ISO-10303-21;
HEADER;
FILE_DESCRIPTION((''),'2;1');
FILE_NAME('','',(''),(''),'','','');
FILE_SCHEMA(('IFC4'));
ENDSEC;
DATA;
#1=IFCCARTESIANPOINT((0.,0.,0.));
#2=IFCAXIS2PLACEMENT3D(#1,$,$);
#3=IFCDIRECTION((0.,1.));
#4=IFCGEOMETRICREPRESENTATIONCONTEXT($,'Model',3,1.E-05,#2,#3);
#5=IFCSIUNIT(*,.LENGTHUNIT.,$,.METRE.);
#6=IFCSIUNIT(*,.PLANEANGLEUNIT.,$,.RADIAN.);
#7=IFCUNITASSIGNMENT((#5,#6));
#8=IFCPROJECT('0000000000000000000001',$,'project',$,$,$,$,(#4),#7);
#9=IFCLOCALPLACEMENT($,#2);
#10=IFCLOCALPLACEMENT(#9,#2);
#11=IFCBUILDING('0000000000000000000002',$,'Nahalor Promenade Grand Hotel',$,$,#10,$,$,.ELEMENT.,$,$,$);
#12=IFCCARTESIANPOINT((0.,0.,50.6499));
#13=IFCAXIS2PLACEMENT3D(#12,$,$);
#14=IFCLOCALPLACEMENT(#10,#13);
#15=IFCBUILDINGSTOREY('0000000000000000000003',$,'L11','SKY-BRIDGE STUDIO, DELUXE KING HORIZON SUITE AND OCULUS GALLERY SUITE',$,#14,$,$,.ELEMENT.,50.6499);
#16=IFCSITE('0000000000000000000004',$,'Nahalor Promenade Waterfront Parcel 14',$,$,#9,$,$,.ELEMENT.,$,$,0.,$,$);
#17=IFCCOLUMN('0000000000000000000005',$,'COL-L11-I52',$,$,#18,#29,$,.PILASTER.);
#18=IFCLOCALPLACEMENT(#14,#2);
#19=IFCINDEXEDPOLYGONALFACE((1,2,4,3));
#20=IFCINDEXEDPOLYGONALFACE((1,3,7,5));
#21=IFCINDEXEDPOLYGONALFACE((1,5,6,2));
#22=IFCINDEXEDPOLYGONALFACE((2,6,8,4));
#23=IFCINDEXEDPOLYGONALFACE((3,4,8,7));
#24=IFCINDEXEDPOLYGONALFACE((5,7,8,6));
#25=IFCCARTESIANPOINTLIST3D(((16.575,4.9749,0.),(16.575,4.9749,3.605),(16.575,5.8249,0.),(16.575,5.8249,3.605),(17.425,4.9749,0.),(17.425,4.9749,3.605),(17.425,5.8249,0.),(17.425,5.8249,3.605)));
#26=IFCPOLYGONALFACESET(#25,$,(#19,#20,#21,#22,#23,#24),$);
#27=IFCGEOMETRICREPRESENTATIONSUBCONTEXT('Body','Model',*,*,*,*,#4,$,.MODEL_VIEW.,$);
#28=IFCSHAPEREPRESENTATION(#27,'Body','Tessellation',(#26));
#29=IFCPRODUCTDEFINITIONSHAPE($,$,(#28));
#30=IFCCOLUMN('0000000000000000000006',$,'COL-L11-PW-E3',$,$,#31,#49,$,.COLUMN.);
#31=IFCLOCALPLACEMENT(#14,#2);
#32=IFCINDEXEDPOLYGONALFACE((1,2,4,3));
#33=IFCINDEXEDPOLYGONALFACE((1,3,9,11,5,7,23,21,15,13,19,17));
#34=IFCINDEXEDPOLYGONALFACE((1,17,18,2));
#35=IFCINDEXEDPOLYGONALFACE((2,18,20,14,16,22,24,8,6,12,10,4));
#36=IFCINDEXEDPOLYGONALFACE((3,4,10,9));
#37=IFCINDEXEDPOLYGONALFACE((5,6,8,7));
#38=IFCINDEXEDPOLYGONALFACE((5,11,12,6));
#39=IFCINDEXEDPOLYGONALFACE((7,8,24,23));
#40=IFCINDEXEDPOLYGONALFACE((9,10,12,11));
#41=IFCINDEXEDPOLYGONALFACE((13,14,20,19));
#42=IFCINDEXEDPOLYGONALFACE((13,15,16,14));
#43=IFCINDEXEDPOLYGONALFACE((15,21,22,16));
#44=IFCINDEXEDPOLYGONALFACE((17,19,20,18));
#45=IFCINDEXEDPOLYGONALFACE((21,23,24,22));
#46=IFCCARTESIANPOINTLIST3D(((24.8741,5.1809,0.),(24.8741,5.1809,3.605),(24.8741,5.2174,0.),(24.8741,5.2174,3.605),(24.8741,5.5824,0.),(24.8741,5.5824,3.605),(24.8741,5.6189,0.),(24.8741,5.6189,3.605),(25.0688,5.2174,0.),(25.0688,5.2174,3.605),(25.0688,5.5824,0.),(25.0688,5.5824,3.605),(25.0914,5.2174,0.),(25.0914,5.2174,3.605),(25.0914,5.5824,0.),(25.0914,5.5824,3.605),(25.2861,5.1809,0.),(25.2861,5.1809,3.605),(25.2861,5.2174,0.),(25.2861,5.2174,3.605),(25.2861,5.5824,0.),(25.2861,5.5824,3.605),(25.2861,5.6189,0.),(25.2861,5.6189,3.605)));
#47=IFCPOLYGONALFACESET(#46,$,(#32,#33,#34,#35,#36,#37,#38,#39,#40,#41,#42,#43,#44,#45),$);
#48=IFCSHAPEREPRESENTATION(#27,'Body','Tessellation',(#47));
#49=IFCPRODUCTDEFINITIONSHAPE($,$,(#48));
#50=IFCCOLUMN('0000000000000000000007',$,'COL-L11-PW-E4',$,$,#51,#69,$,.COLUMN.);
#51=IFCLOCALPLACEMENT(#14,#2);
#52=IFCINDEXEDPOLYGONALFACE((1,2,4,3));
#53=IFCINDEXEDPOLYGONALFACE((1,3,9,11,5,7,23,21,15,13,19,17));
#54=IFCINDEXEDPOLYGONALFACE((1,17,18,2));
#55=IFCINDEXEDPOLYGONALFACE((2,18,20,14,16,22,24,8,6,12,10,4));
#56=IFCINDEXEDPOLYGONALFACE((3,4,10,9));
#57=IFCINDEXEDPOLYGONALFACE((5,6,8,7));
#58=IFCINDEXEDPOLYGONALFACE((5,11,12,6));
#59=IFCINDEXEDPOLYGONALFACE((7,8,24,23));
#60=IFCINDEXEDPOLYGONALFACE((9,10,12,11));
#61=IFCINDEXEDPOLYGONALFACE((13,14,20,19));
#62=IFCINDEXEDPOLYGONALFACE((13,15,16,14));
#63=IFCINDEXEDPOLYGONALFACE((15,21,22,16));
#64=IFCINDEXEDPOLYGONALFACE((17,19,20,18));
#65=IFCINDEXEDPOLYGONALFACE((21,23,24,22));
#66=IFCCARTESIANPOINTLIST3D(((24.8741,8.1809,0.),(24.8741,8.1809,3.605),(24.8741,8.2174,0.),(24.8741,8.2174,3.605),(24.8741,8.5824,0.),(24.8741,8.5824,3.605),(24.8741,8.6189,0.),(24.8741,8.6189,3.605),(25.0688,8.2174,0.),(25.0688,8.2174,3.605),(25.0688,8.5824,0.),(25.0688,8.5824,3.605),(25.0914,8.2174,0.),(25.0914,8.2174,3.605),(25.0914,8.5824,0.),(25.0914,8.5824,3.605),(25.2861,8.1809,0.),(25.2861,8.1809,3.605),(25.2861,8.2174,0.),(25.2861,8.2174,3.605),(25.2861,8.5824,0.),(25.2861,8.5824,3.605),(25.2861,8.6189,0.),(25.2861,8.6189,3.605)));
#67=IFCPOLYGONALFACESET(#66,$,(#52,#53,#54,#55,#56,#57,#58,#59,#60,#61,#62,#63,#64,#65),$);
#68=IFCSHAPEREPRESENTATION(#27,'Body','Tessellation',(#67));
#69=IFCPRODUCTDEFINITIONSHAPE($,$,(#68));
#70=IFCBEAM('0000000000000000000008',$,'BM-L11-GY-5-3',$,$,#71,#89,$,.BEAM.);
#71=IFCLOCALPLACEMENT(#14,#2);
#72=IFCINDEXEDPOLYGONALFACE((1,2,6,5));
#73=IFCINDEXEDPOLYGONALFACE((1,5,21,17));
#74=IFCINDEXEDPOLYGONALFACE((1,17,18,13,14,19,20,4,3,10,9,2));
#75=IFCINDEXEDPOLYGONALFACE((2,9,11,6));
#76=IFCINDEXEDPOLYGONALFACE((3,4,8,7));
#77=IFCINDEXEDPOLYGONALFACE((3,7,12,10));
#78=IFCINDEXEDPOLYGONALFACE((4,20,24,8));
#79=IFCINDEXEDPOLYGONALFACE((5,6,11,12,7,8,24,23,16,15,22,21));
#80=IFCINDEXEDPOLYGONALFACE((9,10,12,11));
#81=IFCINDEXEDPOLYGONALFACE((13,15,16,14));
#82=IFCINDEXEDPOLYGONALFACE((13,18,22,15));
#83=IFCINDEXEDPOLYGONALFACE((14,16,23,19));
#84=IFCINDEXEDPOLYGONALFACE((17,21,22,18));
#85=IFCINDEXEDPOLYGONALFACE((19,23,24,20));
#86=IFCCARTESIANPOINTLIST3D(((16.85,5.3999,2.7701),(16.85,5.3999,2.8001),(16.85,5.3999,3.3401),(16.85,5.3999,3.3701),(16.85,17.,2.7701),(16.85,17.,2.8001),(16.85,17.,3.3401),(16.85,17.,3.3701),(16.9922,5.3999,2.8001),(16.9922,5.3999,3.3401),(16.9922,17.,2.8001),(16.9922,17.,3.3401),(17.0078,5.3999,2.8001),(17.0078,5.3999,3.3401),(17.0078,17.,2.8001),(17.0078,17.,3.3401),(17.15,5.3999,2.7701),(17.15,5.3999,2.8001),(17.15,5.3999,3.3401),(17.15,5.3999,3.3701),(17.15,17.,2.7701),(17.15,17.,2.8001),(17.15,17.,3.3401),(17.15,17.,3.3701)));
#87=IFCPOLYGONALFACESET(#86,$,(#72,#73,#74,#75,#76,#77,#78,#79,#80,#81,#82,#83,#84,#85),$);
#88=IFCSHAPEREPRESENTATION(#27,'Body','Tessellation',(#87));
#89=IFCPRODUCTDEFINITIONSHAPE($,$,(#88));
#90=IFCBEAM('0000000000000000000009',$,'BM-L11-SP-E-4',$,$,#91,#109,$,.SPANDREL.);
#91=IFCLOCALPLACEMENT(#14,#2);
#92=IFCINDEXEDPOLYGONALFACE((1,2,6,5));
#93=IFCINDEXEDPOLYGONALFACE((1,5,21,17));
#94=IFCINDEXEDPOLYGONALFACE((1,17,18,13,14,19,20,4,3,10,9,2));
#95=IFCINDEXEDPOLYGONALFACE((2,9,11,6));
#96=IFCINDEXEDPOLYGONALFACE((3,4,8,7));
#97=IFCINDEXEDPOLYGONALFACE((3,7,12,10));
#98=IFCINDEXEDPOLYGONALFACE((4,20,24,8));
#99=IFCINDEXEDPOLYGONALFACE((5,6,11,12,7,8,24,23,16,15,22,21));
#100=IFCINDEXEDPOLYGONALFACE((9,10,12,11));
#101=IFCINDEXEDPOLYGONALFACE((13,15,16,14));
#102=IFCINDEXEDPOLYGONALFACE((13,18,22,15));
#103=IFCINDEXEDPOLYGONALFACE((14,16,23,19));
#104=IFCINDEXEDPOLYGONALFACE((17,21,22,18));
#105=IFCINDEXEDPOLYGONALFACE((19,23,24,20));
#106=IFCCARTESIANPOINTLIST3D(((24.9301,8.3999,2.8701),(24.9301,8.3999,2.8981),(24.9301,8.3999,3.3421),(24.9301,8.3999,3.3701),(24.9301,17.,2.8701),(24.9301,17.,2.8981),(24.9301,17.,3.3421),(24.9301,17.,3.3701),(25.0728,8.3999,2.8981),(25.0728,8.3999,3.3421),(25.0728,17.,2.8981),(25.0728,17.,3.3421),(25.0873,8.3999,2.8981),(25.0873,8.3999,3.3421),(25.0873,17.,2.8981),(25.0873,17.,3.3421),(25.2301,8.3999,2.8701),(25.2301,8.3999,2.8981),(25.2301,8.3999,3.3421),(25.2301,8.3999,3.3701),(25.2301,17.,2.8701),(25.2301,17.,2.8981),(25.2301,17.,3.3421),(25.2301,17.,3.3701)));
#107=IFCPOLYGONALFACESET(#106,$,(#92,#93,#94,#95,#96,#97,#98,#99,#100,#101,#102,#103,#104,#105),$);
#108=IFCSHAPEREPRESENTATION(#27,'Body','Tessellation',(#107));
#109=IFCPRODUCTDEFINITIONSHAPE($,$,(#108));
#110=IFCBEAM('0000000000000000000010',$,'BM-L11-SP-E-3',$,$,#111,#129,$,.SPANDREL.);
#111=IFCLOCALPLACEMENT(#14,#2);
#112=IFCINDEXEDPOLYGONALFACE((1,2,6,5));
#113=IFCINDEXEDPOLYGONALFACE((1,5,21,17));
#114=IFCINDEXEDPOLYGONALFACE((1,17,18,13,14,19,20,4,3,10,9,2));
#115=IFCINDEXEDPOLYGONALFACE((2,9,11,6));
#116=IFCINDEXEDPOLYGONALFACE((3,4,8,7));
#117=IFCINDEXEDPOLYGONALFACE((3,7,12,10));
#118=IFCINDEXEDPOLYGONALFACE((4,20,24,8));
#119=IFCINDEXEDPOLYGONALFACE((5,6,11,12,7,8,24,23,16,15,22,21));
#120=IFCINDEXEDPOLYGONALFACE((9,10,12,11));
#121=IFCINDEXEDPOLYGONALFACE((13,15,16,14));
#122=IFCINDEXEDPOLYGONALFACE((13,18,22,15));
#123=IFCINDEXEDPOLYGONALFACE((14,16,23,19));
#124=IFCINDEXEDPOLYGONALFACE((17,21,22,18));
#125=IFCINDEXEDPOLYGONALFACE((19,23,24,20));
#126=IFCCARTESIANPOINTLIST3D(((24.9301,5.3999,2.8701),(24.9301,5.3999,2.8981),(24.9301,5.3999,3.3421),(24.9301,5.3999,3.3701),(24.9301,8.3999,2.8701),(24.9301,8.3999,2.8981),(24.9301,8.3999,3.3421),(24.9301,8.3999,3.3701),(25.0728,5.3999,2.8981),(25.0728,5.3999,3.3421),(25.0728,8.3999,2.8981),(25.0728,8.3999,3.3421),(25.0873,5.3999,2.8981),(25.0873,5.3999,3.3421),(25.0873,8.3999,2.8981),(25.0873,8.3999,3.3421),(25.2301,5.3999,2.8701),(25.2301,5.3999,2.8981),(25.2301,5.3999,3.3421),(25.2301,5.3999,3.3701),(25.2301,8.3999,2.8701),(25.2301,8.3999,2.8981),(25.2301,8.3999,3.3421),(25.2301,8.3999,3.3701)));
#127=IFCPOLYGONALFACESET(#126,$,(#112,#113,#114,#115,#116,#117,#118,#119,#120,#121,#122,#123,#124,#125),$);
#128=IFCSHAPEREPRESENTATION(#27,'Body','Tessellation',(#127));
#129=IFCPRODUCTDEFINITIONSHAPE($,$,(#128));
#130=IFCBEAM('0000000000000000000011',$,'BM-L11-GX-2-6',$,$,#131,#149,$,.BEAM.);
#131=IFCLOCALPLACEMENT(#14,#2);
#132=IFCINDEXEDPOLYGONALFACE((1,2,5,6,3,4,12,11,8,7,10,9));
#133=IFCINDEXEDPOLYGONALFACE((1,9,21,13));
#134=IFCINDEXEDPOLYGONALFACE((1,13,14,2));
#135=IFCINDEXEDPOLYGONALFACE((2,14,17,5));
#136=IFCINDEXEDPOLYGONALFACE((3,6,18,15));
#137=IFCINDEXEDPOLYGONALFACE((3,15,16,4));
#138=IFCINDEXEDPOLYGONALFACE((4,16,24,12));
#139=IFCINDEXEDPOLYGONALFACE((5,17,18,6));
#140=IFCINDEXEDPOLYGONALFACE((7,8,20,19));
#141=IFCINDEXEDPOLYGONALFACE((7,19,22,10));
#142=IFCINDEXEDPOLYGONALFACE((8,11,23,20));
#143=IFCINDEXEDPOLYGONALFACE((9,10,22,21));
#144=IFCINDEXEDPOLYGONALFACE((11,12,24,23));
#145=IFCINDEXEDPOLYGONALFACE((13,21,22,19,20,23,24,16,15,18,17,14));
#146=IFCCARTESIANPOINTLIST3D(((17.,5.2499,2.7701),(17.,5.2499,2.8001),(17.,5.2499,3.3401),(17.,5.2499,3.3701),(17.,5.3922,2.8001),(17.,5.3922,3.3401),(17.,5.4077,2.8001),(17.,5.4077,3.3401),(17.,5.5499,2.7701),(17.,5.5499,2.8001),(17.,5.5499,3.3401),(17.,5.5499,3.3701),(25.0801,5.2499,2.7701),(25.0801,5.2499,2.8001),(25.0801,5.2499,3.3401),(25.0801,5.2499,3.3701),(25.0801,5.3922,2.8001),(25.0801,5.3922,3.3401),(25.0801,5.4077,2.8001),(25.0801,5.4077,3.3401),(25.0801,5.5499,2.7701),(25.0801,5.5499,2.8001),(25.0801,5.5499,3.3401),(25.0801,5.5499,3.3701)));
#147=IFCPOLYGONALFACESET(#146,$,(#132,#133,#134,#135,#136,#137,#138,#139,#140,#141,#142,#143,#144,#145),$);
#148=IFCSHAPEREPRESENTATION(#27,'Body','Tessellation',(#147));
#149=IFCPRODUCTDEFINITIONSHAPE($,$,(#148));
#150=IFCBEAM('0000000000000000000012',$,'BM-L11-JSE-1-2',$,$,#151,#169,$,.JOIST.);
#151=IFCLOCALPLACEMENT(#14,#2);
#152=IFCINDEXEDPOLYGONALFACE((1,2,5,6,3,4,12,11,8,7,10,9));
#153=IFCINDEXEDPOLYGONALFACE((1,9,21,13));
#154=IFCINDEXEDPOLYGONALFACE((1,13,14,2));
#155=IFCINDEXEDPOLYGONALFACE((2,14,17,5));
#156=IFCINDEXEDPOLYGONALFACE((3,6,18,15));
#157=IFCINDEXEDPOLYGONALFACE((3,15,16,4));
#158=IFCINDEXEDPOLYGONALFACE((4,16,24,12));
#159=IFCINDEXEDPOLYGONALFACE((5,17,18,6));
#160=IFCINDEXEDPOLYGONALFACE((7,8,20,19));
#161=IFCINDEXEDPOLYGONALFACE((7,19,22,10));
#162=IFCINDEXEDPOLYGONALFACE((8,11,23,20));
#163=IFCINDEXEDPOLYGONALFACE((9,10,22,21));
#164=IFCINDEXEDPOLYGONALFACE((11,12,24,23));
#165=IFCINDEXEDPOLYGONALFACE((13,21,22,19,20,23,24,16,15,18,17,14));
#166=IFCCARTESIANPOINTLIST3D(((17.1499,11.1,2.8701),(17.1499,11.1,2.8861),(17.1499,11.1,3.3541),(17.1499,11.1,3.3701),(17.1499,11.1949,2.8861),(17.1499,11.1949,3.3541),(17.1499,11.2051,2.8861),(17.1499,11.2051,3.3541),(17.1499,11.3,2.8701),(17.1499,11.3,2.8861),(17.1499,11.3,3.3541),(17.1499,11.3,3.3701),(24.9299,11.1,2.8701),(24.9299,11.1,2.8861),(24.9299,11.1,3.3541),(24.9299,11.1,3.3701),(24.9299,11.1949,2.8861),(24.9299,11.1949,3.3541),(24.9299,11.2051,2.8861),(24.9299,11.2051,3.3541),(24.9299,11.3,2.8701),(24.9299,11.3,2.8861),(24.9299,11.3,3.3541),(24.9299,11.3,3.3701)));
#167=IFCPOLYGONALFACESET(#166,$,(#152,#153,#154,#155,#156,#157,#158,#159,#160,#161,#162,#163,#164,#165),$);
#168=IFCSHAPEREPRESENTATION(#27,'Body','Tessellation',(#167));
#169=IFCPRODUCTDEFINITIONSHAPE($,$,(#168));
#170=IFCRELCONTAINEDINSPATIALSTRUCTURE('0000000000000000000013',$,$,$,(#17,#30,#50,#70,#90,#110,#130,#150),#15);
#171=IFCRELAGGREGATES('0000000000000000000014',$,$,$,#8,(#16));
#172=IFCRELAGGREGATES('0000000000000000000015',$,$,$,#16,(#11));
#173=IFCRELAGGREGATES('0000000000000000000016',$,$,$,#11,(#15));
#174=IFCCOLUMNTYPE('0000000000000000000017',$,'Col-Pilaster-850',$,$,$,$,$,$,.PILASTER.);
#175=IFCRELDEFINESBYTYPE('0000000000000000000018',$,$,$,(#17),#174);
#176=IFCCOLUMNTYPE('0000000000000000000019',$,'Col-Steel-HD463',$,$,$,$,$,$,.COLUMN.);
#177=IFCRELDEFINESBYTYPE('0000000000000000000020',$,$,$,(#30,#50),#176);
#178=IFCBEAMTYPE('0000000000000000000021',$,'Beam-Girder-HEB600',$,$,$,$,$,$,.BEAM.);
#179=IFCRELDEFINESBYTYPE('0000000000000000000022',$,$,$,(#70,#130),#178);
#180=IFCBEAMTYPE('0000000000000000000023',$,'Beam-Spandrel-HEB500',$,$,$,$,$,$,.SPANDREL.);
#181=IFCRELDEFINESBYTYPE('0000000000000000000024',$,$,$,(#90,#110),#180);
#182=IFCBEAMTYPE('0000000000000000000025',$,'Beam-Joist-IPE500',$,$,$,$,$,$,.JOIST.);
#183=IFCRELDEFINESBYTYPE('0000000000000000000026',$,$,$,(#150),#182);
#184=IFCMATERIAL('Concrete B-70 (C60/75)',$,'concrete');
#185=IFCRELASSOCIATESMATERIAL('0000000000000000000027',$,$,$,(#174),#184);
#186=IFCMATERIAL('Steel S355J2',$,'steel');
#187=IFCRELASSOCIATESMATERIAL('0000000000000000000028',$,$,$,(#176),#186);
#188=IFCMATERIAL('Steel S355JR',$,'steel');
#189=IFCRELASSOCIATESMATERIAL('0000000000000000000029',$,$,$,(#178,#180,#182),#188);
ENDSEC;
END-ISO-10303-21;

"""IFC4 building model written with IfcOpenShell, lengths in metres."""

from ifc_helpers import new_model, si_unit, direction, frame, origin, origin_2d, place, context, subcontext, project, spatial, rectangle, i_section, extrude, source, transform, mapped, material, material_profile, profile_set, type_object, element, save


model = new_model("IFC4")

# Units and contexts
model_context = context("Model", 3, precision=1e-05, world=origin(), true_north=direction((0.0, 1.0)))
body_context = subcontext(model_context, "Body", "Model", "MODEL_VIEW")
ifc_project = project(units=[si_unit("LENGTHUNIT", "METRE"), si_unit("PLANEANGLEUNIT", "RADIAN")], contexts=[model_context])

# Site, building, storey
site_placement = place(None, origin())
site = spatial("IfcSite", under=ifc_project, at=site_placement, Name="Nahalor Promenade Waterfront Parcel 14", CompositionType="ELEMENT", RefElevation=0.0)
building_placement = place(site_placement, origin())
building = spatial("IfcBuilding", under=site, at=building_placement, Name="Nahalor Promenade Grand Hotel", CompositionType="ELEMENT")
storey_placement = place(building_placement, frame((0.0, 0.0, 50.6499)))
storey = spatial("IfcBuildingStorey", under=building, at=storey_placement, Name="L11", Description="SKY-BRIDGE STUDIO, DELUXE KING HORIZON SUITE AND OCULUS GALLERY SUITE", CompositionType="ELEMENT", Elevation=50.6499)

# Columns
ifc_material_1 = material(Name="Concrete B-70 (C60/75)", Category="concrete")
ifc_material_profile_1 = material_profile(ifc_material_1, rectangle(XDim=0.85, YDim=0.85, at=origin_2d()), Name="RC 850x850")
ifc_profile_set_1 = profile_set([ifc_material_profile_1], Name="Concrete B-70 (C60/75)")
column_type_1 = type_object("IfcColumnType", Name="Col-Pilaster-850", PredefinedType="PILASTER", material=ifc_profile_set_1)
shared_shape_1 = source(origin(), body_context, "Body", "SweptSolid", [
    extrude(rectangle(XDim=0.85, YDim=0.85, at=origin_2d()), origin(), (0.0, 0.0, 1.0), 3.605),
])
column_placement = place(storey_placement, frame((17.0, 5.3999, 0.0), z_axis=(0.0, 0.0, 1.0), x_axis=(1.0, 0.0, 0.0)))
element("IfcColumn", 1, at=column_placement, inside=storey, type_object=column_type_1, Name="COL-L11-I52", PredefinedType="PILASTER", context=body_context, shape_type="MappedRepresentation", body=[
    mapped(shared_shape_1, transform((0.0, 0.0, 0.0), scale=1.0)),
])
ifc_material_2 = material(Name="Steel S355J2", Category="steel")
ifc_material_profile_2 = material_profile(ifc_material_2, i_section(OverallWidth=0.412, OverallDepth=0.438, WebThickness=0.0226, FlangeThickness=0.0365, at=origin_2d()), Name="HD 400x463")
ifc_profile_set_2 = profile_set([ifc_material_profile_2], Name="Steel S355J2")
column_type_2 = type_object("IfcColumnType", Name="Col-Steel-HD463", PredefinedType="COLUMN", material=ifc_profile_set_2)
shared_shape_2 = source(origin(), body_context, "Body", "SweptSolid", [
    extrude(i_section(OverallWidth=0.412, OverallDepth=0.438, WebThickness=0.0226, FlangeThickness=0.0365, at=origin_2d()), origin(), (0.0, 0.0, 1.0), 3.605),
])
for number, where, z_axis, x_axis, name in (
    (2, (25.0801, 5.3999, 0.0), (0.0, 0.0, 1.0), (1.0, 0.0, 0.0), "COL-L11-PW-E3"),
    (3, (25.0801, 8.3999, 0.0), (0.0, 0.0, 1.0), (1.0, 0.0, 0.0), "COL-L11-PW-E4"),
):
    element("IfcColumn", number, at=place(storey_placement, frame(where, z_axis=z_axis, x_axis=x_axis)), inside=storey, type_object=column_type_2, Name=name, PredefinedType="COLUMN", context=body_context, shape_type="MappedRepresentation", body=[
        mapped(shared_shape_2, transform((0.0, 0.0, 0.0), scale=1.0)),
    ])

# Beams
ifc_material_3 = material(Name="Steel S355JR", Category="steel")
ifc_material_profile_3 = material_profile(ifc_material_3, i_section(OverallWidth=0.3, OverallDepth=0.6, WebThickness=0.0155, FlangeThickness=0.03, at=origin_2d()), Name="HEB 600")
ifc_profile_set_3 = profile_set([ifc_material_profile_3], Name="Steel S355JR")
beam_type_1 = type_object("IfcBeamType", Name="Beam-Girder-HEB600", PredefinedType="BEAM", material=ifc_profile_set_3)
shared_shape_3 = source(origin(), body_context, "Body", "SweptSolid", [
    extrude(i_section(OverallWidth=0.3, OverallDepth=0.6, WebThickness=0.0155, FlangeThickness=0.03, at=origin_2d()), origin(), (0.0, 0.0, 1.0), 11.6001),
])
beam_1_placement = place(storey_placement, frame((17.0, 5.3999, 3.0701), z_axis=(0.0, 1.0, 0.0), x_axis=(-1.0, 0.0, 0.0)))
element("IfcBeam", 4, at=beam_1_placement, inside=storey, type_object=beam_type_1, Name="BM-L11-GY-5-3", PredefinedType="BEAM", context=body_context, shape_type="MappedRepresentation", body=[
    mapped(shared_shape_3, transform((0.0, 0.0, 0.0), scale=1.0)),
])
ifc_material_profile_4 = material_profile(ifc_material_3, i_section(OverallWidth=0.3, OverallDepth=0.5, WebThickness=0.0145, FlangeThickness=0.028, at=origin_2d()), Name="HEB 500")
ifc_profile_set_4 = profile_set([ifc_material_profile_4], Name="Steel S355JR")
beam_type_2 = type_object("IfcBeamType", Name="Beam-Spandrel-HEB500", PredefinedType="SPANDREL", material=ifc_profile_set_4)
shared_shape_4 = source(origin(), body_context, "Body", "SweptSolid", [
    extrude(i_section(OverallWidth=0.3, OverallDepth=0.5, WebThickness=0.0145, FlangeThickness=0.028, at=origin_2d()), origin(), (0.0, 0.0, 1.0), 8.6001),
])
beam_2_placement = place(storey_placement, frame((25.0801, 8.3999, 3.1201), z_axis=(0.0, 1.0, 0.0), x_axis=(-1.0, 0.0, 0.0)))
element("IfcBeam", 5, at=beam_2_placement, inside=storey, type_object=beam_type_2, Name="BM-L11-SP-E-4", PredefinedType="SPANDREL", context=body_context, shape_type="MappedRepresentation", body=[
    mapped(shared_shape_4, transform((0.0, 0.0, 0.0), scale=1.0)),
])
shared_shape_5 = source(origin(), body_context, "Body", "SweptSolid", [
    extrude(i_section(OverallWidth=0.3, OverallDepth=0.5, WebThickness=0.0145, FlangeThickness=0.028, at=origin_2d()), origin(), (0.0, 0.0, 1.0), 3.0),
])
beam_3_placement = place(storey_placement, frame((25.0801, 5.3999, 3.1201), z_axis=(0.0, 1.0, 0.0), x_axis=(-1.0, 0.0, 0.0)))
element("IfcBeam", 6, at=beam_3_placement, inside=storey, type_object=beam_type_2, Name="BM-L11-SP-E-3", PredefinedType="SPANDREL", context=body_context, shape_type="MappedRepresentation", body=[
    mapped(shared_shape_5, transform((0.0, 0.0, 0.0), scale=1.0)),
])
shared_shape_6 = source(origin(), body_context, "Body", "SweptSolid", [
    extrude(i_section(OverallWidth=0.3, OverallDepth=0.6, WebThickness=0.0155, FlangeThickness=0.03, at=origin_2d()), origin(), (0.0, 0.0, 1.0), 8.0801),
])
beam_4_placement = place(storey_placement, frame((17.0, 5.3999, 3.0701), z_axis=(1.0, 0.0, 0.0), x_axis=(0.0, 1.0, 0.0)))
element("IfcBeam", 7, at=beam_4_placement, inside=storey, type_object=beam_type_1, Name="BM-L11-GX-2-6", PredefinedType="BEAM", context=body_context, shape_type="MappedRepresentation", body=[
    mapped(shared_shape_6, transform((0.0, 0.0, 0.0), scale=1.0)),
])
ifc_material_profile_5 = material_profile(ifc_material_3, i_section(OverallWidth=0.2, OverallDepth=0.5, WebThickness=0.0102, FlangeThickness=0.016, at=origin_2d()), Name="IPE 500")
ifc_profile_set_5 = profile_set([ifc_material_profile_5], Name="Steel S355JR")
beam_type_3 = type_object("IfcBeamType", Name="Beam-Joist-IPE500", PredefinedType="JOIST", material=ifc_profile_set_5)
shared_shape_7 = source(origin(), body_context, "Body", "SweptSolid", [
    extrude(i_section(OverallWidth=0.2, OverallDepth=0.5, WebThickness=0.0102, FlangeThickness=0.016, at=origin_2d()), origin(), (0.0, 0.0, 1.0), 7.78),
])
beam_5_placement = place(storey_placement, frame((17.1499, 11.2, 3.1201), z_axis=(1.0, 0.0, 0.0), x_axis=(0.0, 1.0, 0.0)))
element("IfcBeam", 8, at=beam_5_placement, inside=storey, type_object=beam_type_3, Name="BM-L11-JSE-1-2", PredefinedType="JOIST", context=body_context, shape_type="MappedRepresentation", body=[
    mapped(shared_shape_7, transform((0.0, 0.0, 0.0), scale=1.0)),
])

save(model, "model.ifc")
